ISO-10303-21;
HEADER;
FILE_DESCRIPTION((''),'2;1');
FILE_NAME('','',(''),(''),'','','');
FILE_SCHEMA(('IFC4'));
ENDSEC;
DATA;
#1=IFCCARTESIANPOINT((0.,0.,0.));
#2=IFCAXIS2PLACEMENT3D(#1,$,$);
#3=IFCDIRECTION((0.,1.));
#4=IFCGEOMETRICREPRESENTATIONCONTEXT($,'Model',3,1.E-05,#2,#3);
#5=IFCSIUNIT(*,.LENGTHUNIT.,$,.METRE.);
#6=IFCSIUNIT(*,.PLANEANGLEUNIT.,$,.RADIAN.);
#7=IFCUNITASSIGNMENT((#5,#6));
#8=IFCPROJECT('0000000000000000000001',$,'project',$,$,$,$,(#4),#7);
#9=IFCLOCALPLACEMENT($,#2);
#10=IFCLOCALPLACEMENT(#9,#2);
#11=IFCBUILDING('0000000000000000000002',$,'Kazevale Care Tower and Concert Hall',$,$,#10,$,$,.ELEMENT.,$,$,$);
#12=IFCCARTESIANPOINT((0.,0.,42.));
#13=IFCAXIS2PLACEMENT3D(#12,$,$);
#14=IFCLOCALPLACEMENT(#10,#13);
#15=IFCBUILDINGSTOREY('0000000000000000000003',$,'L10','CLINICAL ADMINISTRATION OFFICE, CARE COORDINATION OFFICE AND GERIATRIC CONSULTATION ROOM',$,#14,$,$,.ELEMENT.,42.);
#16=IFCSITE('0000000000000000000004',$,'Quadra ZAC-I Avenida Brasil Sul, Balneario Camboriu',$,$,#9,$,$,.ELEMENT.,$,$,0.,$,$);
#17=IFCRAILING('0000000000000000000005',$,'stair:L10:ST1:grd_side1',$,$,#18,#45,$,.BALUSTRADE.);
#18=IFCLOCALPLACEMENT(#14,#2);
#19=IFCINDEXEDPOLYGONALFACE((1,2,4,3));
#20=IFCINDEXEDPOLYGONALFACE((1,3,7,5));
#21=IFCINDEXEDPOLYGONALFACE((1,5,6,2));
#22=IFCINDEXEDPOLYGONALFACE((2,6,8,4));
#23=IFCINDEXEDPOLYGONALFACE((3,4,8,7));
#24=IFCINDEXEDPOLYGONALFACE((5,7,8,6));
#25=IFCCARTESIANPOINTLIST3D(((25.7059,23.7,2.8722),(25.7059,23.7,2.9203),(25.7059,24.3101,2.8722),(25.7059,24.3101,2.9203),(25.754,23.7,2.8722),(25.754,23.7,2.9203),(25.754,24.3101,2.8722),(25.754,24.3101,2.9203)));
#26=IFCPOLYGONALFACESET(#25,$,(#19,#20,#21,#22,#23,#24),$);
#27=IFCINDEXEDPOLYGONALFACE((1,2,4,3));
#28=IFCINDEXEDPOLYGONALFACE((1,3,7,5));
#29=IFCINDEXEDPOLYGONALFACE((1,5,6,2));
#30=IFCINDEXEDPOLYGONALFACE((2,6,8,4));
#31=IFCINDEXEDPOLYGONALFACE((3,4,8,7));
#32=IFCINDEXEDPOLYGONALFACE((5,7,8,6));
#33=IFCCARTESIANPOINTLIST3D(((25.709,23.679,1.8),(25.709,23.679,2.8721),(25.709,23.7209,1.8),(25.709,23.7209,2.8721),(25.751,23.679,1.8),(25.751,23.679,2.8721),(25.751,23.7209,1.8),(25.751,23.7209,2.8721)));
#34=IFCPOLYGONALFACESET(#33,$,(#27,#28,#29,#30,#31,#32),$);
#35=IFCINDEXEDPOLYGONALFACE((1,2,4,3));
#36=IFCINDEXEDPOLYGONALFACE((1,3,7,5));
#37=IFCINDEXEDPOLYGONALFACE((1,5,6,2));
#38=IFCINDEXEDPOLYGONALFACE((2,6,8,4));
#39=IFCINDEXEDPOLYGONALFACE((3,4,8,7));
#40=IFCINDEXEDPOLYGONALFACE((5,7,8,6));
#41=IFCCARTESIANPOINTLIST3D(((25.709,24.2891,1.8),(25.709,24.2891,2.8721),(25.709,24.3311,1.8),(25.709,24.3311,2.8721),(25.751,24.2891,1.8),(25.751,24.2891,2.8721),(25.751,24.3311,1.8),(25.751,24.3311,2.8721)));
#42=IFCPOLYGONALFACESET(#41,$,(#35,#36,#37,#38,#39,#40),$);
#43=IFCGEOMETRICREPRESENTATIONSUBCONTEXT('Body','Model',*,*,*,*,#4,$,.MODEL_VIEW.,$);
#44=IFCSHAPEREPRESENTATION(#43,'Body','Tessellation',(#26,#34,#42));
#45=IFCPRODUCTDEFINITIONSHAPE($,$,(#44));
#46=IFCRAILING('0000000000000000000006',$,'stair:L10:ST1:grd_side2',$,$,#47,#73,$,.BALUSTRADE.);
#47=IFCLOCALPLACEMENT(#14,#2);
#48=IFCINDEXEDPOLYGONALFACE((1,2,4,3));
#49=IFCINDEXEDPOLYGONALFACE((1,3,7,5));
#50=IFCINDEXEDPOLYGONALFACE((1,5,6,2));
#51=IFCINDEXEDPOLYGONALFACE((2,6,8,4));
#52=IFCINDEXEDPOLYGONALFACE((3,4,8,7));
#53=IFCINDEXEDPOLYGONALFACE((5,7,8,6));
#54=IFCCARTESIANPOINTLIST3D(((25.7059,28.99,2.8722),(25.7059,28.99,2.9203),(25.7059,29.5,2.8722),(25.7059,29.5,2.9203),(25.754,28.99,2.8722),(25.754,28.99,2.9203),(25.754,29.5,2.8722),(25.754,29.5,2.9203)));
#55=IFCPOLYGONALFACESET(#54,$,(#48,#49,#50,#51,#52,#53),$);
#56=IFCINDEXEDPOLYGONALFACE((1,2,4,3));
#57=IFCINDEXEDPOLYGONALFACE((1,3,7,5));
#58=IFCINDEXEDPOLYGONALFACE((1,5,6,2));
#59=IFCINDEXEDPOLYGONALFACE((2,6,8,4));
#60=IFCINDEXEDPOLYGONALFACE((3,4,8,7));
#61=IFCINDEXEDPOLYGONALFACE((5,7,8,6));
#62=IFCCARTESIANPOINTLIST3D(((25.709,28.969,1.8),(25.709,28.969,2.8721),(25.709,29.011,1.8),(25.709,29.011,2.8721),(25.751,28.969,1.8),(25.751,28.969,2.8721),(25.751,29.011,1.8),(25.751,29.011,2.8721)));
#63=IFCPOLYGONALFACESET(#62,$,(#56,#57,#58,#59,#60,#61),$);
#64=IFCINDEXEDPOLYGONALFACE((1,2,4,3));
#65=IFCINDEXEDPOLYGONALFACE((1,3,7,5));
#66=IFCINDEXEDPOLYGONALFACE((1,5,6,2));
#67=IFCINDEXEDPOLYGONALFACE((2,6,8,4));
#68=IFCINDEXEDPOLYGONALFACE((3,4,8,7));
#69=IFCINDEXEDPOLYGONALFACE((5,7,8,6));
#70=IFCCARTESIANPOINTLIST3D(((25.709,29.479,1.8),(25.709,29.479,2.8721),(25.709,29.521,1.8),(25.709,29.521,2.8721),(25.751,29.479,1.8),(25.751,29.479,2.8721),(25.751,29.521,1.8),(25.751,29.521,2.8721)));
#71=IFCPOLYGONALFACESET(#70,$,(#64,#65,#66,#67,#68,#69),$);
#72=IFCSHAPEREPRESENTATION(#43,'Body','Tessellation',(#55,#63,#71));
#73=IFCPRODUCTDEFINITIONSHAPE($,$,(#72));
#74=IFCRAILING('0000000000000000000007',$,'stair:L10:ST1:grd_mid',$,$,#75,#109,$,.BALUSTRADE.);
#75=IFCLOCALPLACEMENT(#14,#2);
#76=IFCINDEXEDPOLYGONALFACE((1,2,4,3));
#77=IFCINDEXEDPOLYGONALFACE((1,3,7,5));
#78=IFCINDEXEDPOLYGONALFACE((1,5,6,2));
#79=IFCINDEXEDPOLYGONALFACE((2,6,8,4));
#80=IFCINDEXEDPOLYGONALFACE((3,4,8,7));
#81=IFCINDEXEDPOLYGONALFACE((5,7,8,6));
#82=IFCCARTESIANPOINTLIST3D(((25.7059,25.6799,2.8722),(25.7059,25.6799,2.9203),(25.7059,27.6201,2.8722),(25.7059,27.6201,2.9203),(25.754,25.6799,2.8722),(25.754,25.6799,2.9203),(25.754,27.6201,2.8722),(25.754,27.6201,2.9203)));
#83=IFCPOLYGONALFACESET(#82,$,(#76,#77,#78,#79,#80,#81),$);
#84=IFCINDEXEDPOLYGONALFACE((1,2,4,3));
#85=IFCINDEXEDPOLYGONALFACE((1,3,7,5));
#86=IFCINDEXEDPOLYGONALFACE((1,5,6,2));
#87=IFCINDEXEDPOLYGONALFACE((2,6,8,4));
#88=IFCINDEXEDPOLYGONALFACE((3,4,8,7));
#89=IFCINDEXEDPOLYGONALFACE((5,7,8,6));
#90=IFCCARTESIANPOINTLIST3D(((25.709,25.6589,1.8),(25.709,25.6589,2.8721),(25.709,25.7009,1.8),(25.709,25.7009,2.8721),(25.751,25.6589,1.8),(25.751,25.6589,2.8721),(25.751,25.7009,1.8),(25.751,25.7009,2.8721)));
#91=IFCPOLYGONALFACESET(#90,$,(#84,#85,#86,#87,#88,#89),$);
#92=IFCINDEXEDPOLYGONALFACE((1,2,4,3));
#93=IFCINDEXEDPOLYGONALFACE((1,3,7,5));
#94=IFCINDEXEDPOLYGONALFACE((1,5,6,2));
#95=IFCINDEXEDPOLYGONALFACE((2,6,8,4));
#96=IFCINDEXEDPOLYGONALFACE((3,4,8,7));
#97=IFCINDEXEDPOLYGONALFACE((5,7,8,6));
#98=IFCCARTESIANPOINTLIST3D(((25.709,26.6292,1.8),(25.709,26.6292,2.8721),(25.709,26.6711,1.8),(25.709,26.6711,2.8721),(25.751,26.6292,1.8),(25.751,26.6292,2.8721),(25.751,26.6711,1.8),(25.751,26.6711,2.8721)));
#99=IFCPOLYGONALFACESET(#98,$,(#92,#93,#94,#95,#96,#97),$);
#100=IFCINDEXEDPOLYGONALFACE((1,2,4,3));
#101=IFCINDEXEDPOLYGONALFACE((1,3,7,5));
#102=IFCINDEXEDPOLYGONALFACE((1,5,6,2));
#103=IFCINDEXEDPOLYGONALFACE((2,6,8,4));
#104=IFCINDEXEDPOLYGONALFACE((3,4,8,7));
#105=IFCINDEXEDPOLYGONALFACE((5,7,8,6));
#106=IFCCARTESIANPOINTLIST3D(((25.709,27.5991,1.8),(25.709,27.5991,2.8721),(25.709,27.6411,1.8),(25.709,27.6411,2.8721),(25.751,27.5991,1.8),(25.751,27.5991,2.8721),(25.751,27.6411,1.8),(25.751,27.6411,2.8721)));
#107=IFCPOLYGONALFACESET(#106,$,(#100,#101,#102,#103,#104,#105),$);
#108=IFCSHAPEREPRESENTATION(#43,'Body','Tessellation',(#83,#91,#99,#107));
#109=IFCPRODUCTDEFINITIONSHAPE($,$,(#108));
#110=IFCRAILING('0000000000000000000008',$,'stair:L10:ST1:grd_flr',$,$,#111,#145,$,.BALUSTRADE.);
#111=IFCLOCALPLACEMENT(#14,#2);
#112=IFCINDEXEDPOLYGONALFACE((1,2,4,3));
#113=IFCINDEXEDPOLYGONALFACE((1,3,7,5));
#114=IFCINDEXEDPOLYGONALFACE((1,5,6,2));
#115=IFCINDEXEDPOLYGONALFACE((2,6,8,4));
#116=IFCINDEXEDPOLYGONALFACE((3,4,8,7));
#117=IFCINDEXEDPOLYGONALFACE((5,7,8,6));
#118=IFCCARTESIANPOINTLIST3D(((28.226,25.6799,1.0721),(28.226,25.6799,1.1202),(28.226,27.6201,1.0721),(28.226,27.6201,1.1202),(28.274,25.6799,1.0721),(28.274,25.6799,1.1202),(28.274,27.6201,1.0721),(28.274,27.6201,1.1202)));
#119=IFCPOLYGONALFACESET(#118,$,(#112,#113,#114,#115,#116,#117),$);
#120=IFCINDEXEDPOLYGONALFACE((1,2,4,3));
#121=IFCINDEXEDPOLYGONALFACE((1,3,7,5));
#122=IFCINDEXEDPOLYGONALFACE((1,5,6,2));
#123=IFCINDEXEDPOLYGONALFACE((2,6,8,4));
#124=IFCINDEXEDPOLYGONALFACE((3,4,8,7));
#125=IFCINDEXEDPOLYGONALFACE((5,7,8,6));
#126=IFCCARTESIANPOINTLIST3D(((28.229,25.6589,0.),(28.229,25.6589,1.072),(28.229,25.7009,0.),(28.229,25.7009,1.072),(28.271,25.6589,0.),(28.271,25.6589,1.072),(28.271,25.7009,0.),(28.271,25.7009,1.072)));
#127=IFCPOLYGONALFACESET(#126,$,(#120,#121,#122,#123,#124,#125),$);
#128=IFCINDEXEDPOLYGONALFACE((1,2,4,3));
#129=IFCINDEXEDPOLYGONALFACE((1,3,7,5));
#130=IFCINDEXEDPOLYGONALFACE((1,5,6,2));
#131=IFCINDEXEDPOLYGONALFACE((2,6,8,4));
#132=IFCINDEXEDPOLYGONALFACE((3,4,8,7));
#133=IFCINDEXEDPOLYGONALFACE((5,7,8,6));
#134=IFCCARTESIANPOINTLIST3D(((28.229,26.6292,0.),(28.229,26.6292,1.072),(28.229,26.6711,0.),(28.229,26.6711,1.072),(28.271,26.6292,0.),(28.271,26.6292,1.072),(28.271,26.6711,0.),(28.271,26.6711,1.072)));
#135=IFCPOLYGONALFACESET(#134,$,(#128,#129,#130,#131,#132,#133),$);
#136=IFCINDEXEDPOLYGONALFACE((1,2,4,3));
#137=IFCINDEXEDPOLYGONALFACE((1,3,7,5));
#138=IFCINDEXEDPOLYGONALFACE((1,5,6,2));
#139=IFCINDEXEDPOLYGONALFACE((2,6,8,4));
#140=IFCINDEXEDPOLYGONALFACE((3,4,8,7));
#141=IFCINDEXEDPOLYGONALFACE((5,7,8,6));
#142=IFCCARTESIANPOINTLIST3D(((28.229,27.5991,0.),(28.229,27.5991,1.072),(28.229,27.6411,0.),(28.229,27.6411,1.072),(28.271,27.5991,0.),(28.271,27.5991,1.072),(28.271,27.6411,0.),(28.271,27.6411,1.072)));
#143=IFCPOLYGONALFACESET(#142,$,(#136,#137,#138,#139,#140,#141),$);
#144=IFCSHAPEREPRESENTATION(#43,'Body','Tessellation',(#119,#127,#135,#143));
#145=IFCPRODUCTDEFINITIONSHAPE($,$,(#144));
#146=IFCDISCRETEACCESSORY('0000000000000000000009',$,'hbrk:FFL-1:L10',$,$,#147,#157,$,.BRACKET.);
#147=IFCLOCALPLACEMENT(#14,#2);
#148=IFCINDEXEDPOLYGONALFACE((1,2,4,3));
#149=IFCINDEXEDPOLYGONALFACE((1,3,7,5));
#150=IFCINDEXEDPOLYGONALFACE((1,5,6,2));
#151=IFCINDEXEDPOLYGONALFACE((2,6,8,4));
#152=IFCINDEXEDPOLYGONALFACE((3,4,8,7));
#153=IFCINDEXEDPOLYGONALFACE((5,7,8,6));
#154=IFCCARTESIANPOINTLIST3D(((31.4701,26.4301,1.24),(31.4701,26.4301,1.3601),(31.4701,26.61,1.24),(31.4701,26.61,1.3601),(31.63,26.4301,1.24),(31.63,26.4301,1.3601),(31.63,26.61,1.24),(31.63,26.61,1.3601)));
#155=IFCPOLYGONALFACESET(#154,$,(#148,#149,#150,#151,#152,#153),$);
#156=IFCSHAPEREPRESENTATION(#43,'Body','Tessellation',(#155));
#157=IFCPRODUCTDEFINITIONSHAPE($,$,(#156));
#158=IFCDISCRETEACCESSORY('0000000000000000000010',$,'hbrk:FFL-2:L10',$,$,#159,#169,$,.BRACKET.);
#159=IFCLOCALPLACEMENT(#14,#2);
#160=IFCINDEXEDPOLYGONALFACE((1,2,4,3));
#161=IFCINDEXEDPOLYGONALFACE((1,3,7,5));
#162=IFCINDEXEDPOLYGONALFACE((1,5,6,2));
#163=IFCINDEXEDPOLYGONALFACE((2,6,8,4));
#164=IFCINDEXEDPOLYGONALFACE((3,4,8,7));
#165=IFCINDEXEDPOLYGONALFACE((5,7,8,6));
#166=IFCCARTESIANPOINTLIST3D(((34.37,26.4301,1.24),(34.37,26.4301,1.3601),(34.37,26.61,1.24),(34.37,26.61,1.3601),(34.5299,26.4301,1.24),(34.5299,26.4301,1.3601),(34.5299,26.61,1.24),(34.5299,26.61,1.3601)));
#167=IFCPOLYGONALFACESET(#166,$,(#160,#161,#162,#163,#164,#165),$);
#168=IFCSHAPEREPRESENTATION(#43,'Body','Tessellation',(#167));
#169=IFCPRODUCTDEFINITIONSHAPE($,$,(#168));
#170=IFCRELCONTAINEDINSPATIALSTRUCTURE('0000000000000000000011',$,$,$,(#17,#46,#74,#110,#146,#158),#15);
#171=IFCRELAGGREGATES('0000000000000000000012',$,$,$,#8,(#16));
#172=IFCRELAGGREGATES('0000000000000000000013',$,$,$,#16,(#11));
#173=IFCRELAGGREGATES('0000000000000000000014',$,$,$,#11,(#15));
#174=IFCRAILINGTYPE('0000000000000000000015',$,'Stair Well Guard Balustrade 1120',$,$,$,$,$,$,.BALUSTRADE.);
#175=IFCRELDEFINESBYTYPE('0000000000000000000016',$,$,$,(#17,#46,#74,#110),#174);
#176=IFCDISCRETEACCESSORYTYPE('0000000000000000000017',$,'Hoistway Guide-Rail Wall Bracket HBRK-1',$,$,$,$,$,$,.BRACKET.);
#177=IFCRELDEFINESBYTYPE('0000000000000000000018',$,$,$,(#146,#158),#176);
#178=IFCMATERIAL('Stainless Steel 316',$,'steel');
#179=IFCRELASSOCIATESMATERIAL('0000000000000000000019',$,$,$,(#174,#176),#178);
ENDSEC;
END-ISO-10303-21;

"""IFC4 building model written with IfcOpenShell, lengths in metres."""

from ifc_helpers import new_model, si_unit, direction, frame, origin, origin_2d, place, context, subcontext, project, spatial, rectangle, extrude, material, type_object, element, save


model = new_model("IFC4")

# Units and contexts
model_context = context("Model", 3, precision=1e-05, world=origin(), true_north=direction((0.0, 1.0)))
body_context = subcontext(model_context, "Body", "Model", "MODEL_VIEW")
ifc_project = project(units=[si_unit("LENGTHUNIT", "METRE"), si_unit("PLANEANGLEUNIT", "RADIAN")], contexts=[model_context])

# Site, building, storey
site_placement = place(None, origin())
site = spatial("IfcSite", under=ifc_project, at=site_placement, Name="Quadra ZAC-I Avenida Brasil Sul, Balneario Camboriu", CompositionType="ELEMENT", RefElevation=0.0)
building_placement = place(site_placement, origin())
building = spatial("IfcBuilding", under=site, at=building_placement, Name="Kazevale Care Tower and Concert Hall", CompositionType="ELEMENT")
storey_placement = place(building_placement, frame((0.0, 0.0, 42.0)))
storey = spatial("IfcBuildingStorey", under=building, at=storey_placement, Name="L10", Description="CLINICAL ADMINISTRATION OFFICE, CARE COORDINATION OFFICE AND GERIATRIC CONSULTATION ROOM", CompositionType="ELEMENT", Elevation=42.0)

# Shared definitions
ifc_material_1 = material(Name="Stainless Steel 316", Category="steel")

# Railings
railing_type_1 = type_object("IfcRailingType", Name="Stair Well Guard Balustrade 1120", PredefinedType="BALUSTRADE", material=ifc_material_1)
railing_1_placement = place(storey_placement, frame((25.73, 23.7, 1.8)))
element("IfcRailing", 1, at=railing_1_placement, inside=storey, type_object=railing_type_1, Name="stair:L10:ST1:grd_side1", PredefinedType="BALUSTRADE", context=body_context, shape_type="SweptSolid", body=[
    extrude(rectangle(XDim=0.0481, YDim=0.0481, at=origin_2d()), frame((0.0, 0.0, 1.0962), z_axis=(0.0, 1.0, 0.0), x_axis=(-1.0, 0.0, 0.0)), (0.0, 0.0, 1.0), 0.6101),
    extrude(rectangle(XDim=0.042, YDim=0.042, at=origin_2d()), origin(), (0.0, 0.0, 1.0), 1.072),
    extrude(rectangle(XDim=0.042, YDim=0.042, at=origin_2d()), frame((0.0, 0.6101, 0.0)), (0.0, 0.0, 1.0), 1.072),
])
railing_2_placement = place(storey_placement, frame((25.73, 28.99, 1.8)))
element("IfcRailing", 2, at=railing_2_placement, inside=storey, type_object=railing_type_1, Name="stair:L10:ST1:grd_side2", PredefinedType="BALUSTRADE", context=body_context, shape_type="SweptSolid", body=[
    extrude(rectangle(XDim=0.0481, YDim=0.0481, at=origin_2d()), frame((0.0, 0.0, 1.0962), z_axis=(0.0, 1.0, 0.0), x_axis=(-1.0, 0.0, 0.0)), (0.0, 0.0, 1.0), 0.51),
    extrude(rectangle(XDim=0.042, YDim=0.042, at=origin_2d()), origin(), (0.0, 0.0, 1.0), 1.072),
    extrude(rectangle(XDim=0.042, YDim=0.042, at=origin_2d()), frame((0.0, 0.51, 0.0)), (0.0, 0.0, 1.0), 1.072),
])
for number, where, name in (
    (3, (25.73, 25.6799, 1.8), "stair:L10:ST1:grd_mid"),
    (4, (28.25, 25.6799, 0.0), "stair:L10:ST1:grd_flr"),
):
    element("IfcRailing", number, at=place(storey_placement, frame(where)), inside=storey, type_object=railing_type_1, Name=name, PredefinedType="BALUSTRADE", context=body_context, shape_type="SweptSolid", body=[
        extrude(rectangle(XDim=0.0481, YDim=0.0481, at=origin_2d()), frame((0.0, 0.0, 1.0962), z_axis=(0.0, 1.0, 0.0), x_axis=(-1.0, 0.0, 0.0)), (0.0, 0.0, 1.0), 1.9402),
        extrude(rectangle(XDim=0.042, YDim=0.042, at=origin_2d()), origin(), (0.0, 0.0, 1.0), 1.072),
        extrude(rectangle(XDim=0.042, YDim=0.042, at=origin_2d()), frame((0.0, 0.9702, 0.0)), (0.0, 0.0, 1.0), 1.072),
        extrude(rectangle(XDim=0.042, YDim=0.042, at=origin_2d()), frame((0.0, 1.9402, 0.0)), (0.0, 0.0, 1.0), 1.072),
    ])

# Discrete accessories
discrete_accessory_type = type_object("IfcDiscreteAccessoryType", Name="Hoistway Guide-Rail Wall Bracket HBRK-1", PredefinedType="BRACKET", material=ifc_material_1)
for number, where, z_axis, x_axis, name in (
    (5, (31.55, 26.52, 1.24), (0.0, 0.0, 1.0), (1.0, 0.0, 0.0), "hbrk:FFL-1:L10"),
    (6, (34.45, 26.52, 1.24), (0.0, 0.0, 1.0), (1.0, 0.0, 0.0), "hbrk:FFL-2:L10"),
):
    element("IfcDiscreteAccessory", number, at=place(storey_placement, frame(where, z_axis=z_axis, x_axis=x_axis)), inside=storey, type_object=discrete_accessory_type, Name=name, PredefinedType="BRACKET", context=body_context, shape_type="SweptSolid", body=[
        extrude(rectangle(XDim=0.1599, YDim=0.1799, at=origin_2d()), origin(), (0.0, 0.0, 1.0), 0.1201),
    ])

save(model, "model.ifc")
